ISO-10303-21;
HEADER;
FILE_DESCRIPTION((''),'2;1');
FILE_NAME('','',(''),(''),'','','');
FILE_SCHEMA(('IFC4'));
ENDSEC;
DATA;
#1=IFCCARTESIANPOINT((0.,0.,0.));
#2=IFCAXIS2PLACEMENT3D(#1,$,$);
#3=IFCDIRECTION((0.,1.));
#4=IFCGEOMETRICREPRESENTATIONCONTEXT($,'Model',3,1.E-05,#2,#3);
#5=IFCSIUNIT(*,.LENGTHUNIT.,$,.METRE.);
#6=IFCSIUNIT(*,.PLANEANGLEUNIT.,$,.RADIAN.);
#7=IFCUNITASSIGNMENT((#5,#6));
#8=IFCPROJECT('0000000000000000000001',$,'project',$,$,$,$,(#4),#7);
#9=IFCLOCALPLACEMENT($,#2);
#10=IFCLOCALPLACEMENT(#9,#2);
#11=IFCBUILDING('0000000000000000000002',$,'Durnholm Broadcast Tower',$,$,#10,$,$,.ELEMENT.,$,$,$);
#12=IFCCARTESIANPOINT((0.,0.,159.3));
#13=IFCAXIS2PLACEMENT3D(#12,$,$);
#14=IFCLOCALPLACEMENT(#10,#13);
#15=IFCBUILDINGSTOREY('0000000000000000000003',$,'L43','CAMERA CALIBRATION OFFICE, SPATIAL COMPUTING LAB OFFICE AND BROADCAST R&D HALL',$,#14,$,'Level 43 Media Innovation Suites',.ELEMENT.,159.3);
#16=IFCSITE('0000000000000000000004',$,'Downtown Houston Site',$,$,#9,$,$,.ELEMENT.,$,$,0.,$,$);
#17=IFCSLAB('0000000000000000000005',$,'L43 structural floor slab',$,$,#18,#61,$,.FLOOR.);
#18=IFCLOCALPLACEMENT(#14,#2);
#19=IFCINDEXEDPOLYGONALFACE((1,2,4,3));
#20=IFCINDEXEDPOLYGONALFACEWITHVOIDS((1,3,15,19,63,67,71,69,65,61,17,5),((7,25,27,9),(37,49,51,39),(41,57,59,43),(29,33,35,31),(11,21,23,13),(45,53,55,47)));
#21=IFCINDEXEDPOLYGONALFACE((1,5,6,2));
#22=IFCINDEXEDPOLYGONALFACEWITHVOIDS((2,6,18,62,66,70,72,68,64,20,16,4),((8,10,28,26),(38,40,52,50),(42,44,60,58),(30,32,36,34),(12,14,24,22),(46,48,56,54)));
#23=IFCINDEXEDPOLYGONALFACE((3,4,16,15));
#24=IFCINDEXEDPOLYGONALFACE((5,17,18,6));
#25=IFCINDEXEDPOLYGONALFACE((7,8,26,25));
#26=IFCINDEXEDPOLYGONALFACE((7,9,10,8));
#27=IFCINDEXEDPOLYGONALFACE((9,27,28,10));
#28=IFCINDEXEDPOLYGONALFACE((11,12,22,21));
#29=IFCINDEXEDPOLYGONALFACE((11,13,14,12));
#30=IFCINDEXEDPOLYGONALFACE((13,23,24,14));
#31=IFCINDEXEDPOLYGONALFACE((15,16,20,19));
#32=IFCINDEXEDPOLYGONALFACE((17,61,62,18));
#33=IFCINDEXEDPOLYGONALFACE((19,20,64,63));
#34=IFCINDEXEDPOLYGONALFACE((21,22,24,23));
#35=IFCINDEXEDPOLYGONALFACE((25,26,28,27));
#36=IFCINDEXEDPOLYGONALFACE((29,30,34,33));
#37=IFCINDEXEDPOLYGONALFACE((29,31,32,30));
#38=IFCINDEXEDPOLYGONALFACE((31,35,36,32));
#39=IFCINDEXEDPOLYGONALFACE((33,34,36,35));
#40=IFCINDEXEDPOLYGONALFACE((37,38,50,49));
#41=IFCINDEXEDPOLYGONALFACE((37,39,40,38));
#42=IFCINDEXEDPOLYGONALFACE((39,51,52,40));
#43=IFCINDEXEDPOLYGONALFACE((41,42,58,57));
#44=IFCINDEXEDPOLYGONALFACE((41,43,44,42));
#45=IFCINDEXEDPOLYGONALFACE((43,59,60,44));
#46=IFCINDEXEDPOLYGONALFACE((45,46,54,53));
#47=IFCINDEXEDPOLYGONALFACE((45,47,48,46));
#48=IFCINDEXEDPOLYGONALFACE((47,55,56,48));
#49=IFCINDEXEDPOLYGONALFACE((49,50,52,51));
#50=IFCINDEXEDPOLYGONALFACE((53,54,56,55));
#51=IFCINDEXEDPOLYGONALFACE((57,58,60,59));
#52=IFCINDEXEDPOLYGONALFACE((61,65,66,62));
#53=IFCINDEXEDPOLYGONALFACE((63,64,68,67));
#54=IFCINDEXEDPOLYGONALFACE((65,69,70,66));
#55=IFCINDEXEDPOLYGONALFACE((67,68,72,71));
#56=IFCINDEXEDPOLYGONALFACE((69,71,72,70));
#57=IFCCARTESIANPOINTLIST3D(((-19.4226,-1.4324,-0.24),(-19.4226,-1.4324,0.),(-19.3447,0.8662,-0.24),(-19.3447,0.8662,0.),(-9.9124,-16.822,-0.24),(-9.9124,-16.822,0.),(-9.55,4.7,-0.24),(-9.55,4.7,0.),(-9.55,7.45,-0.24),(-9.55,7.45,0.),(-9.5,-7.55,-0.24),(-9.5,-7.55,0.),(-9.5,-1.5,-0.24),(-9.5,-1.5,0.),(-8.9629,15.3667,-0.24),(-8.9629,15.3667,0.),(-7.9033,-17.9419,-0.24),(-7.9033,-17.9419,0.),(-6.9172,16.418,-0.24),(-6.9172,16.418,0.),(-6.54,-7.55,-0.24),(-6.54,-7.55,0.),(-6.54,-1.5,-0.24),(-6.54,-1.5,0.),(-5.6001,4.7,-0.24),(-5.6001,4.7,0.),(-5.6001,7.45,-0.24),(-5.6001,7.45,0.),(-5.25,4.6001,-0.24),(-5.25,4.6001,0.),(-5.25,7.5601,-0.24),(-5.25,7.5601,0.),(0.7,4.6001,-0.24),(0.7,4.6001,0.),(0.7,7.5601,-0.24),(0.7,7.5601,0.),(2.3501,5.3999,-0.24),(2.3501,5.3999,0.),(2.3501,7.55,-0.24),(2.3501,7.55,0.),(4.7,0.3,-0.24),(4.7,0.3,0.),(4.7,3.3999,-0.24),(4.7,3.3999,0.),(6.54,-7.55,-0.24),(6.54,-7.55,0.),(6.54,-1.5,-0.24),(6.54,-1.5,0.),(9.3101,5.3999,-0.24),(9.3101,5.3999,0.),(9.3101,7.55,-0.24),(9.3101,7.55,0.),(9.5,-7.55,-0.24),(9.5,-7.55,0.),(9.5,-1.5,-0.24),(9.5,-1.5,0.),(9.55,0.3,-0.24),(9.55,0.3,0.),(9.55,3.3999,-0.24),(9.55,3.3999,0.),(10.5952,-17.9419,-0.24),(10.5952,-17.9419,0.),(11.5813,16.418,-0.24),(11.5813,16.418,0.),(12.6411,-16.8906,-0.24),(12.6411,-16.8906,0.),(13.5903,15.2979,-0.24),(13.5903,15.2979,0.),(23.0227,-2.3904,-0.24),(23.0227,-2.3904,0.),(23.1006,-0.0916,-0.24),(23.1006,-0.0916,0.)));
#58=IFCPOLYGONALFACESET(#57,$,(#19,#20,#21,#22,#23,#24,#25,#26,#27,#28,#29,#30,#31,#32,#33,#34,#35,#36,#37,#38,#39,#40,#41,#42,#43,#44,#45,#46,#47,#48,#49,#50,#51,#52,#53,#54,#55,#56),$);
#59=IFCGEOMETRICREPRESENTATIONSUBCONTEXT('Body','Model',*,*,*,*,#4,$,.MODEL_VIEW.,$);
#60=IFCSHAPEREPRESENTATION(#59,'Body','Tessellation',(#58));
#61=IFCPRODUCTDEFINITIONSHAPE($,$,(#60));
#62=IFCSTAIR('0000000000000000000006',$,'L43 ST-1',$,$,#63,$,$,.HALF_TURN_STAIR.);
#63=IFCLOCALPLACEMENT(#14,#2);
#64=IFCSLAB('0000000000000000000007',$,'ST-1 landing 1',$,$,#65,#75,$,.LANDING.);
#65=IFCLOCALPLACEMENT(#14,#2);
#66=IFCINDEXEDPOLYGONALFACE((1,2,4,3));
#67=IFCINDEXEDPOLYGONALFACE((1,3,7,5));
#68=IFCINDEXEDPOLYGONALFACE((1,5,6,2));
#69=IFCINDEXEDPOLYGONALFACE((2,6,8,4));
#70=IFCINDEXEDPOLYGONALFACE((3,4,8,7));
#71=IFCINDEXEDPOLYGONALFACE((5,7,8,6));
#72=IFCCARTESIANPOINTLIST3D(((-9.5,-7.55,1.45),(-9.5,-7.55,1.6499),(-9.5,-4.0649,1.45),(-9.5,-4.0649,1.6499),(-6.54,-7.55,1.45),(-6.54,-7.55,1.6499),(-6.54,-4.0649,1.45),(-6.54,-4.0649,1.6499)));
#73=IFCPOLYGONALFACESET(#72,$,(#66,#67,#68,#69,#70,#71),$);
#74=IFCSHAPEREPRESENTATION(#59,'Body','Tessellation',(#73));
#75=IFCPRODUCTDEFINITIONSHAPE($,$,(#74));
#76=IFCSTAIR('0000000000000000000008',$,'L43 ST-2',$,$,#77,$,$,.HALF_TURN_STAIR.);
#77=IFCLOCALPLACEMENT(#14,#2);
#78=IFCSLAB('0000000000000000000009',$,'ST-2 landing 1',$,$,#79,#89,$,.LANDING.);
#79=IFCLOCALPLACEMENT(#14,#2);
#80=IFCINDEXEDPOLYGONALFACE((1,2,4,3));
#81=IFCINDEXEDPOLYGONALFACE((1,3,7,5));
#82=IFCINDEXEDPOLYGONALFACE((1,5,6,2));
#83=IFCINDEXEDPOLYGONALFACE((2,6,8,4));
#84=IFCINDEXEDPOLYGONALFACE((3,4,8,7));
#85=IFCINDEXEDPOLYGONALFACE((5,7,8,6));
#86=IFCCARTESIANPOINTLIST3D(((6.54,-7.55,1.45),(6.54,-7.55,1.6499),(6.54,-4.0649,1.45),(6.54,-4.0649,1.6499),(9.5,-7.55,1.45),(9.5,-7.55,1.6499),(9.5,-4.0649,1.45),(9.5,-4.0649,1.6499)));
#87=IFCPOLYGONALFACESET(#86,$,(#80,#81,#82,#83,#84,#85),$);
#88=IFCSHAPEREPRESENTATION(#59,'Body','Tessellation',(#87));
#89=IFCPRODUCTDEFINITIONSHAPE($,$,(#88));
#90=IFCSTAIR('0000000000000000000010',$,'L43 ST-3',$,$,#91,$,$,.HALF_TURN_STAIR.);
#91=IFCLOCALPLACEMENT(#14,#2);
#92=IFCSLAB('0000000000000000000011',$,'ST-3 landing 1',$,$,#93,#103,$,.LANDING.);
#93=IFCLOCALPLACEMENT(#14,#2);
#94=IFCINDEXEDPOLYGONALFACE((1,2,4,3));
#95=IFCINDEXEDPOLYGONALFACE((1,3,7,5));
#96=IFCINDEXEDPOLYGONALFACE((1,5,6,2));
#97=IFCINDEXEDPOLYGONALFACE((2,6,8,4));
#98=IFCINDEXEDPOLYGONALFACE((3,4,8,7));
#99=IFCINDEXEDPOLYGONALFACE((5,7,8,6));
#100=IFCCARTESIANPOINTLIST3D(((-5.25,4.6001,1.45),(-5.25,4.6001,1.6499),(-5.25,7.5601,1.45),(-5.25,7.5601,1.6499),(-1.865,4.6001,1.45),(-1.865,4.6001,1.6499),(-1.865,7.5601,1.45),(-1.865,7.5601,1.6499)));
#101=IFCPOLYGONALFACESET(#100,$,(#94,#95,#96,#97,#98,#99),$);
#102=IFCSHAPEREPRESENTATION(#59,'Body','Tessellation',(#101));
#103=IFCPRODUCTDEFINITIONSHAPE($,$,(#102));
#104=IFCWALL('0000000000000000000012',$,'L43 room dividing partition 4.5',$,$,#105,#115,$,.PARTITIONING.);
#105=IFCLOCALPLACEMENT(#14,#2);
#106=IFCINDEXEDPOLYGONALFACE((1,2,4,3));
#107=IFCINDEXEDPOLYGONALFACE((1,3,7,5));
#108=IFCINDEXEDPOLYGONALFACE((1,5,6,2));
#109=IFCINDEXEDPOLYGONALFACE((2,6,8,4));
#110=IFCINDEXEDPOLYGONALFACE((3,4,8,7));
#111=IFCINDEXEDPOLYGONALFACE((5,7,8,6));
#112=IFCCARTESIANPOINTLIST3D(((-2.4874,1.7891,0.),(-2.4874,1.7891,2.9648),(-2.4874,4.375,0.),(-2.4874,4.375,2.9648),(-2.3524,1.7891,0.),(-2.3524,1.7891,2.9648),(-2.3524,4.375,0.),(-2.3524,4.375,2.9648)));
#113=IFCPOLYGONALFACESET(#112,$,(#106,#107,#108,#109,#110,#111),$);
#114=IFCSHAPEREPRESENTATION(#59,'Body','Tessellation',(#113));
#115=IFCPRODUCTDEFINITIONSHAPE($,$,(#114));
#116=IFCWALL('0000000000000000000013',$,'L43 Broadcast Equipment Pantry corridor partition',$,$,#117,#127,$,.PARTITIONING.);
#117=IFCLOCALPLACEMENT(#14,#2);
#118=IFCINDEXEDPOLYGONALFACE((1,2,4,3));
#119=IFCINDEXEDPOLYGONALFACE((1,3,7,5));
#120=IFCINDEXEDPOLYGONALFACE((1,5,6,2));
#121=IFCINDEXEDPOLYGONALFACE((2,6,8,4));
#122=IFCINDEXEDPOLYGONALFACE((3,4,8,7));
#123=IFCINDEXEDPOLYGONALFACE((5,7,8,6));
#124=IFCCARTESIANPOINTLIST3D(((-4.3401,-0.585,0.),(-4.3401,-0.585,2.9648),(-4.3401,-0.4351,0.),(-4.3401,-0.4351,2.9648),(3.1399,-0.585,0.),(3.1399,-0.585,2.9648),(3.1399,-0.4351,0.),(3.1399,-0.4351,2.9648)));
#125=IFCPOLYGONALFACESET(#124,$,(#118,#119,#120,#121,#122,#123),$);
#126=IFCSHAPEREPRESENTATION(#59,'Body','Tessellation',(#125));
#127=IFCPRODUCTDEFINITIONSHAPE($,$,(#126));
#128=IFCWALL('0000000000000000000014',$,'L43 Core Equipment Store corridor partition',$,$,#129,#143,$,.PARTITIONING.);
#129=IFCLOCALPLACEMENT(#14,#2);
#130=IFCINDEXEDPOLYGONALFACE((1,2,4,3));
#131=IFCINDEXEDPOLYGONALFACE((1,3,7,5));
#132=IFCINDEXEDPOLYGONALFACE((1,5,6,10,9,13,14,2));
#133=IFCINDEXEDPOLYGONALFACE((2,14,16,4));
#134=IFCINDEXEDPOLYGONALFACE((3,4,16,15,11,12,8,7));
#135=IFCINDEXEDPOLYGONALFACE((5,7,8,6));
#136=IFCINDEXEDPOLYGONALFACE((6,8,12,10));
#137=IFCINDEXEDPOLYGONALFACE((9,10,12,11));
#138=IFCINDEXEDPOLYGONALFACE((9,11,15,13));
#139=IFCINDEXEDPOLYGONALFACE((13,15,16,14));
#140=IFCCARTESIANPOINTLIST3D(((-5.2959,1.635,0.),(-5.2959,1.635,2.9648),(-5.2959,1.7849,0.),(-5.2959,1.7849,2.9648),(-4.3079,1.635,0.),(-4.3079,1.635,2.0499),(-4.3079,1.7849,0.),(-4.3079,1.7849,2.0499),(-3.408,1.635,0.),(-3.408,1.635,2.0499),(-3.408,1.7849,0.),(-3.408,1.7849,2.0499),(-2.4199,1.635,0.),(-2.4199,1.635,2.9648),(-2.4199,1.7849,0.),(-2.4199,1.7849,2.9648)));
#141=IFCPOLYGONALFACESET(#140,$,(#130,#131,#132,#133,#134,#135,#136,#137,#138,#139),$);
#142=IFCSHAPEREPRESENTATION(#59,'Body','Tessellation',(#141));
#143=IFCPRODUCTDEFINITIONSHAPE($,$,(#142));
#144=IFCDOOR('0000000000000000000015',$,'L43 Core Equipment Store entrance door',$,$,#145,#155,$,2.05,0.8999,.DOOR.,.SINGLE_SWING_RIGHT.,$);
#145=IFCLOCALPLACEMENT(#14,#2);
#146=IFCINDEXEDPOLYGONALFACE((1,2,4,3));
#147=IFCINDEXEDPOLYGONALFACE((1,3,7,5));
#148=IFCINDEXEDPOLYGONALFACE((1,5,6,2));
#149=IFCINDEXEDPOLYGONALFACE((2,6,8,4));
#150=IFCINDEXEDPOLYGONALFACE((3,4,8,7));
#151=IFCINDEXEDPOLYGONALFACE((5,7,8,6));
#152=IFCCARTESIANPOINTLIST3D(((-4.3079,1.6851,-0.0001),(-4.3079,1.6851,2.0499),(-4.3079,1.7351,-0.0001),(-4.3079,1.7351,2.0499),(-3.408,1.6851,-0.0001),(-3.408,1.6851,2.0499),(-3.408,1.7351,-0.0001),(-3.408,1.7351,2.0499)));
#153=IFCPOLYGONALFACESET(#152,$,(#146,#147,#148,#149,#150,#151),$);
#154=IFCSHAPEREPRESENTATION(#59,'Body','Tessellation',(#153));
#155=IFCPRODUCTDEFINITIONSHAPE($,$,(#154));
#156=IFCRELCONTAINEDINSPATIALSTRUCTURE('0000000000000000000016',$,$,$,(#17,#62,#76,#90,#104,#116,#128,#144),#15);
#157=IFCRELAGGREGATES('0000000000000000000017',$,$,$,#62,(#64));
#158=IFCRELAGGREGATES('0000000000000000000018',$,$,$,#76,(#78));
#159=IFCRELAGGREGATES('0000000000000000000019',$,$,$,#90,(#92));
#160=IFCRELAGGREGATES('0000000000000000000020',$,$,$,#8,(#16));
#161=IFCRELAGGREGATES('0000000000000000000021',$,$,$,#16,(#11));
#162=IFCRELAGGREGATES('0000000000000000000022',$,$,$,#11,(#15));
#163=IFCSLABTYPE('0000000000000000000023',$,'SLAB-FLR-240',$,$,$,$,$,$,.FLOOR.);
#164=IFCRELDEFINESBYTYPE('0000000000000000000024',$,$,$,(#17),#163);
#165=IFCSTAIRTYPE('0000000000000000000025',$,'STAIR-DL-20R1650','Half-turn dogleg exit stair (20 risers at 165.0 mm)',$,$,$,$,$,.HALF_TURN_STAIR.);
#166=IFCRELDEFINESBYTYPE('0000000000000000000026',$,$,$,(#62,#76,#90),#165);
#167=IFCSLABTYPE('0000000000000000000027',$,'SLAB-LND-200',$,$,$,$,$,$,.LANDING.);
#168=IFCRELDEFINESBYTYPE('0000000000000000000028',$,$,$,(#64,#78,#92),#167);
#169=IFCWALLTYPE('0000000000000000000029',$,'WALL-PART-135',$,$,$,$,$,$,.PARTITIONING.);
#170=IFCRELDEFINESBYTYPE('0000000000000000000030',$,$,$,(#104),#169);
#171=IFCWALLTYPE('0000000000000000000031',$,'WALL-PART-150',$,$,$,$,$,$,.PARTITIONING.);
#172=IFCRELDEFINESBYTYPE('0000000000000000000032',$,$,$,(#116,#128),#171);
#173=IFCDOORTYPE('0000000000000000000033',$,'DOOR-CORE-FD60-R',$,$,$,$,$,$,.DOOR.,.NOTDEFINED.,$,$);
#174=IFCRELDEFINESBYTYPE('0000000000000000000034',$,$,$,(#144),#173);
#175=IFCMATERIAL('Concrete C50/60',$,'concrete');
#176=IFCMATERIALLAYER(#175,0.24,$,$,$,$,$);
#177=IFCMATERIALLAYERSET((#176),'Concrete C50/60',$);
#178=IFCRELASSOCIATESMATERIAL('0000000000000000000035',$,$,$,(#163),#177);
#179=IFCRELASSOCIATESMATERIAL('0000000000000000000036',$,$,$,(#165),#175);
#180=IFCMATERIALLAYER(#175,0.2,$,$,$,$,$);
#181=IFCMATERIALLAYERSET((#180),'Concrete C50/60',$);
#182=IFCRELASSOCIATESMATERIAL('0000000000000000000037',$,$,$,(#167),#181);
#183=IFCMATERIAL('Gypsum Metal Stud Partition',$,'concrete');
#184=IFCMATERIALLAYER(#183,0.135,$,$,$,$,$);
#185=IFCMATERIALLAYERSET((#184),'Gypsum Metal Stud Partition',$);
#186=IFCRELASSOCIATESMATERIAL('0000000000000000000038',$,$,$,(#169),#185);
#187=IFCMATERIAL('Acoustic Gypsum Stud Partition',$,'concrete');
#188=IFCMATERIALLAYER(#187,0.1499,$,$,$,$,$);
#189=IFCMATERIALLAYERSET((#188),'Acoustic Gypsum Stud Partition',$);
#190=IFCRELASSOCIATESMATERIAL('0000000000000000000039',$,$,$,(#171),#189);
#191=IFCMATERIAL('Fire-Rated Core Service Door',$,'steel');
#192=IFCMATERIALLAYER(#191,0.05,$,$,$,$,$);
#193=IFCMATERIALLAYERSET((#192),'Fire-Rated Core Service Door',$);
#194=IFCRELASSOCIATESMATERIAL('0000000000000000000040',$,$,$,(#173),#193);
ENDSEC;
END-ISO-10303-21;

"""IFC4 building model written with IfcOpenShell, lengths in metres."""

from ifc_helpers import new_model, si_unit, direction, frame, frame_2d, origin, place, context, subcontext, project, spatial, polyline, rectangle, outline, extrude, source, transform, mapped, material, layer, layer_set, type_object, type_shapes, element, fill, aggregate, save


model = new_model("IFC4")

# Units and contexts
model_context = context("Model", 3, precision=1e-05, world=origin(), true_north=direction((0.0, 1.0)))
body_context = subcontext(model_context, "Body", "Model", "MODEL_VIEW")
ifc_project = project(units=[si_unit("LENGTHUNIT", "METRE"), si_unit("PLANEANGLEUNIT", "RADIAN")], contexts=[model_context])

# Site, building, storey
site_placement = place(None, origin())
site = spatial("IfcSite", under=ifc_project, at=site_placement, Name="Downtown Houston Site", CompositionType="ELEMENT", RefElevation=0.0)
building_placement = place(site_placement, origin())
building = spatial("IfcBuilding", under=site, at=building_placement, Name="Durnholm Broadcast Tower", CompositionType="ELEMENT")
storey_placement = place(building_placement, frame((0.0, 0.0, 159.3)))
storey = spatial("IfcBuildingStorey", under=building, at=storey_placement, Name="L43", Description="CAMERA CALIBRATION OFFICE, SPATIAL COMPUTING LAB OFFICE AND BROADCAST R&D HALL", LongName="Level 43 Media Innovation Suites", CompositionType="ELEMENT", Elevation=159.3)

# Slab
ifc_material_1 = material(Name="Concrete C50/60", Category="concrete")
ifc_layer_1 = layer(ifc_material_1, 0.24)
ifc_layer_set_1 = layer_set([ifc_layer_1], Name="Concrete C50/60")
slab_type_1 = type_object("IfcSlabType", Name="SLAB-FLR-240", PredefinedType="FLOOR", material=ifc_layer_set_1)
slab_1_placement = place(storey_placement, frame((0.0, 0.0, -0.24)))
element("IfcSlab", 1, at=slab_1_placement, inside=storey, type_object=slab_type_1, Name="L43 structural floor slab", PredefinedType="FLOOR", context=body_context, shape_type="SweptSolid", body=[
    extrude(outline(polyline([(-9.9124, -16.822), (-7.9033, -17.9419), (10.5952, -17.9419), (12.6411, -16.8906), (23.0227, -2.3904), (23.1006, -0.0916), (13.5903, 15.2979), (11.5813, 16.418), (-6.9172, 16.418), (-8.9629, 15.3667), (-19.3447, 0.8662), (-19.4226, -1.4324), (-9.9124, -16.822)]), holes=[polyline([(-6.54, -1.5), (-9.5, -1.5), (-9.5, -7.55), (-6.54, -7.55), (-6.54, -1.5)]), polyline([(9.5, -7.55), (9.5, -1.5), (6.54, -1.5), (6.54, -7.55), (9.5, -7.55)]), polyline([(9.55, 3.3999), (4.7, 3.3999), (4.7, 0.3), (9.55, 0.3), (9.55, 3.3999)]), polyline([(-9.55, 7.45), (-9.55, 4.7), (-5.6001, 4.7), (-5.6001, 7.45), (-9.55, 7.45)]), polyline([(-5.25, 4.6001), (0.7, 4.6001), (0.7, 7.5601), (-5.25, 7.5601), (-5.25, 4.6001)]), polyline([(9.3101, 7.55), (2.3501, 7.55), (2.3501, 5.3999), (9.3101, 5.3999), (9.3101, 7.55)])]), origin(), (0.0, 0.0, 1.0), 0.24),
])

# Stairs, slabs
stair_type = type_object("IfcStairType", Name="STAIR-DL-20R1650", Description="Half-turn dogleg exit stair (20 risers at 165.0 mm)", PredefinedType="HALF_TURN_STAIR", material=ifc_material_1)
stair_1_placement = place(storey_placement, origin())
stair_1 = element("IfcStair", 2, at=stair_1_placement, inside=storey, type_object=stair_type, Name="L43 ST-1", PredefinedType="HALF_TURN_STAIR")
ifc_layer_2 = layer(ifc_material_1, 0.2)
ifc_layer_set_2 = layer_set([ifc_layer_2], Name="Concrete C50/60")
slab_type_2 = type_object("IfcSlabType", Name="SLAB-LND-200", PredefinedType="LANDING", material=ifc_layer_set_2)
slab_2_placement = place(storey_placement, frame((0.0, 0.0, 1.45)))
slab_2 = element("IfcSlab", 3, at=slab_2_placement, type_object=slab_type_2, Name="ST-1 landing 1", PredefinedType="LANDING", context=body_context, shape_type="SweptSolid", body=[
    extrude(outline(polyline([(-9.5, -4.0649), (-9.5, -7.55), (-6.54, -7.55), (-6.54, -4.0649), (-9.5, -4.0649)])), origin(), (0.0, 0.0, 1.0), 0.2),
])
aggregate(stair_1, [slab_2])
stair_2_placement = place(storey_placement, origin())
stair_2 = element("IfcStair", 4, at=stair_2_placement, inside=storey, type_object=stair_type, Name="L43 ST-2", PredefinedType="HALF_TURN_STAIR")
slab_3_placement = place(storey_placement, frame((0.0, 0.0, 1.45)))
slab_3 = element("IfcSlab", 5, at=slab_3_placement, type_object=slab_type_2, Name="ST-2 landing 1", PredefinedType="LANDING", context=body_context, shape_type="SweptSolid", body=[
    extrude(outline(polyline([(6.54, -4.0649), (6.54, -7.55), (9.5, -7.55), (9.5, -4.0649), (6.54, -4.0649)])), origin(), (0.0, 0.0, 1.0), 0.2),
])
aggregate(stair_2, [slab_3])
stair_3_placement = place(storey_placement, origin())
stair_3 = element("IfcStair", 6, at=stair_3_placement, inside=storey, type_object=stair_type, Name="L43 ST-3", PredefinedType="HALF_TURN_STAIR")
slab_4_placement = place(storey_placement, frame((0.0, 0.0, 1.45)))
slab_4 = element("IfcSlab", 7, at=slab_4_placement, type_object=slab_type_2, Name="ST-3 landing 1", PredefinedType="LANDING", context=body_context, shape_type="SweptSolid", body=[
    extrude(outline(polyline([(-1.865, 7.5601), (-5.25, 7.5601), (-5.25, 4.6001), (-1.865, 4.6001), (-1.865, 7.5601)])), origin(), (0.0, 0.0, 1.0), 0.2),
])

# Walls
ifc_material_2 = material(Name="Gypsum Metal Stud Partition", Category="concrete")
ifc_layer_3 = layer(ifc_material_2, 0.135)
ifc_layer_set_3 = layer_set([ifc_layer_3], Name="Gypsum Metal Stud Partition")
wall_type_1 = type_object("IfcWallType", Name="WALL-PART-135", PredefinedType="PARTITIONING", material=ifc_layer_set_3)
wall_1_placement = place(storey_placement, frame((-2.4199, 4.375, 0.0), z_axis=(0.0, 0.0, 1.0), x_axis=(0.0, -1.0, 0.0)))
element("IfcWall", 8, at=wall_1_placement, inside=storey, type_object=wall_type_1, Name="L43 room dividing partition 4.5", PredefinedType="PARTITIONING", context=body_context, shape_type="SweptSolid", body=[
    extrude(rectangle(XDim=2.5859, YDim=0.135, at=frame_2d((1.293, 0.0))), origin(), (0.0, 0.0, 1.0), 2.9648),
])
ifc_material_3 = material(Name="Acoustic Gypsum Stud Partition", Category="concrete")
ifc_layer_4 = layer(ifc_material_3, 0.1499)
ifc_layer_set_4 = layer_set([ifc_layer_4], Name="Acoustic Gypsum Stud Partition")
wall_type_2 = type_object("IfcWallType", Name="WALL-PART-150", PredefinedType="PARTITIONING", material=ifc_layer_set_4)
wall_2_placement = place(storey_placement, frame((-4.3401, -0.51, 0.0), z_axis=(0.0, 0.0, 1.0), x_axis=(1.0, 0.0, 0.0)))
element("IfcWall", 9, at=wall_2_placement, inside=storey, type_object=wall_type_2, Name="L43 Broadcast Equipment Pantry corridor partition", PredefinedType="PARTITIONING", context=body_context, shape_type="SweptSolid", body=[
    extrude(rectangle(XDim=7.48, YDim=0.1499, at=frame_2d((3.74, 0.0))), origin(), (0.0, 0.0, 1.0), 2.9648),
])

# Wall, opening, door
wall_3_placement = place(storey_placement, frame((-2.4199, 1.71, 0.0), z_axis=(0.0, 0.0, 1.0), x_axis=(-1.0, 0.0, 0.0)))
wall_3 = element("IfcWall", 10, at=wall_3_placement, inside=storey, type_object=wall_type_2, Name="L43 Core Equipment Store corridor partition", PredefinedType="PARTITIONING", context=body_context, shape_type="SweptSolid", body=[
    extrude(rectangle(XDim=2.876, YDim=0.1499, at=frame_2d((1.438, 0.0))), origin(), (0.0, 0.0, 1.0), 2.9648),
])
opening_1_placement = place(wall_3_placement, frame((0.988, 0.0, 0.0)))
opening_1 = element("IfcOpeningElement", 11, at=opening_1_placement, cuts=wall_3, PredefinedType="OPENING", context=body_context, shape_type="SweptSolid", body=[
    extrude(rectangle(XDim=0.8999, YDim=2.05, at=frame_2d((0.45, 1.0249))), frame((0.0, 0.085, 0.0), z_axis=(0.0, -1.0, 0.0), x_axis=(1.0, 0.0, 0.0)), (0.0, 0.0, 1.0), 0.1699),
])
ifc_material_4 = material(Name="Fire-Rated Core Service Door", Category="steel")
ifc_layer_5 = layer(ifc_material_4, 0.05)
ifc_layer_set_5 = layer_set([ifc_layer_5], Name="Fire-Rated Core Service Door")
door_type_1 = type_object("IfcDoorType", Name="DOOR-CORE-FD60-R", OperationType="NOTDEFINED", PredefinedType="DOOR", material=ifc_layer_set_5)
shared_shape_1 = source(origin(), body_context, "Body", "SweptSolid", [
    extrude(rectangle(XDim=0.8999, YDim=2.05, at=frame_2d((0.45, 1.0249))), frame((0.0, 0.0249, 0.0), z_axis=(0.0, -1.0, 0.0), x_axis=(1.0, 0.0, 0.0)), (0.0, 0.0, 1.0), 0.05),
])
type_shapes(door_type_1, [shared_shape_1])
door_1_placement = place(opening_1_placement, origin())
door_1 = element("IfcDoor", 12, at=door_1_placement, inside=storey, type_object=door_type_1, Name="L43 Core Equipment Store entrance door", OperationType="SINGLE_SWING_RIGHT", OverallHeight=2.05, OverallWidth=0.8999, PredefinedType="DOOR", context=body_context, shape_type="MappedRepresentation", body=[
    mapped(shared_shape_1, transform((0.0, 0.0, 0.0), x_axis=(1.0, 0.0, 0.0), y_axis=(0.0, 1.0, 0.0), z_axis=(0.0, 0.0, 1.0), scale=1.0)),
])
fill(opening_1, door_1)

aggregate(stair_3, [slab_4])

save(model, "model.ifc")
